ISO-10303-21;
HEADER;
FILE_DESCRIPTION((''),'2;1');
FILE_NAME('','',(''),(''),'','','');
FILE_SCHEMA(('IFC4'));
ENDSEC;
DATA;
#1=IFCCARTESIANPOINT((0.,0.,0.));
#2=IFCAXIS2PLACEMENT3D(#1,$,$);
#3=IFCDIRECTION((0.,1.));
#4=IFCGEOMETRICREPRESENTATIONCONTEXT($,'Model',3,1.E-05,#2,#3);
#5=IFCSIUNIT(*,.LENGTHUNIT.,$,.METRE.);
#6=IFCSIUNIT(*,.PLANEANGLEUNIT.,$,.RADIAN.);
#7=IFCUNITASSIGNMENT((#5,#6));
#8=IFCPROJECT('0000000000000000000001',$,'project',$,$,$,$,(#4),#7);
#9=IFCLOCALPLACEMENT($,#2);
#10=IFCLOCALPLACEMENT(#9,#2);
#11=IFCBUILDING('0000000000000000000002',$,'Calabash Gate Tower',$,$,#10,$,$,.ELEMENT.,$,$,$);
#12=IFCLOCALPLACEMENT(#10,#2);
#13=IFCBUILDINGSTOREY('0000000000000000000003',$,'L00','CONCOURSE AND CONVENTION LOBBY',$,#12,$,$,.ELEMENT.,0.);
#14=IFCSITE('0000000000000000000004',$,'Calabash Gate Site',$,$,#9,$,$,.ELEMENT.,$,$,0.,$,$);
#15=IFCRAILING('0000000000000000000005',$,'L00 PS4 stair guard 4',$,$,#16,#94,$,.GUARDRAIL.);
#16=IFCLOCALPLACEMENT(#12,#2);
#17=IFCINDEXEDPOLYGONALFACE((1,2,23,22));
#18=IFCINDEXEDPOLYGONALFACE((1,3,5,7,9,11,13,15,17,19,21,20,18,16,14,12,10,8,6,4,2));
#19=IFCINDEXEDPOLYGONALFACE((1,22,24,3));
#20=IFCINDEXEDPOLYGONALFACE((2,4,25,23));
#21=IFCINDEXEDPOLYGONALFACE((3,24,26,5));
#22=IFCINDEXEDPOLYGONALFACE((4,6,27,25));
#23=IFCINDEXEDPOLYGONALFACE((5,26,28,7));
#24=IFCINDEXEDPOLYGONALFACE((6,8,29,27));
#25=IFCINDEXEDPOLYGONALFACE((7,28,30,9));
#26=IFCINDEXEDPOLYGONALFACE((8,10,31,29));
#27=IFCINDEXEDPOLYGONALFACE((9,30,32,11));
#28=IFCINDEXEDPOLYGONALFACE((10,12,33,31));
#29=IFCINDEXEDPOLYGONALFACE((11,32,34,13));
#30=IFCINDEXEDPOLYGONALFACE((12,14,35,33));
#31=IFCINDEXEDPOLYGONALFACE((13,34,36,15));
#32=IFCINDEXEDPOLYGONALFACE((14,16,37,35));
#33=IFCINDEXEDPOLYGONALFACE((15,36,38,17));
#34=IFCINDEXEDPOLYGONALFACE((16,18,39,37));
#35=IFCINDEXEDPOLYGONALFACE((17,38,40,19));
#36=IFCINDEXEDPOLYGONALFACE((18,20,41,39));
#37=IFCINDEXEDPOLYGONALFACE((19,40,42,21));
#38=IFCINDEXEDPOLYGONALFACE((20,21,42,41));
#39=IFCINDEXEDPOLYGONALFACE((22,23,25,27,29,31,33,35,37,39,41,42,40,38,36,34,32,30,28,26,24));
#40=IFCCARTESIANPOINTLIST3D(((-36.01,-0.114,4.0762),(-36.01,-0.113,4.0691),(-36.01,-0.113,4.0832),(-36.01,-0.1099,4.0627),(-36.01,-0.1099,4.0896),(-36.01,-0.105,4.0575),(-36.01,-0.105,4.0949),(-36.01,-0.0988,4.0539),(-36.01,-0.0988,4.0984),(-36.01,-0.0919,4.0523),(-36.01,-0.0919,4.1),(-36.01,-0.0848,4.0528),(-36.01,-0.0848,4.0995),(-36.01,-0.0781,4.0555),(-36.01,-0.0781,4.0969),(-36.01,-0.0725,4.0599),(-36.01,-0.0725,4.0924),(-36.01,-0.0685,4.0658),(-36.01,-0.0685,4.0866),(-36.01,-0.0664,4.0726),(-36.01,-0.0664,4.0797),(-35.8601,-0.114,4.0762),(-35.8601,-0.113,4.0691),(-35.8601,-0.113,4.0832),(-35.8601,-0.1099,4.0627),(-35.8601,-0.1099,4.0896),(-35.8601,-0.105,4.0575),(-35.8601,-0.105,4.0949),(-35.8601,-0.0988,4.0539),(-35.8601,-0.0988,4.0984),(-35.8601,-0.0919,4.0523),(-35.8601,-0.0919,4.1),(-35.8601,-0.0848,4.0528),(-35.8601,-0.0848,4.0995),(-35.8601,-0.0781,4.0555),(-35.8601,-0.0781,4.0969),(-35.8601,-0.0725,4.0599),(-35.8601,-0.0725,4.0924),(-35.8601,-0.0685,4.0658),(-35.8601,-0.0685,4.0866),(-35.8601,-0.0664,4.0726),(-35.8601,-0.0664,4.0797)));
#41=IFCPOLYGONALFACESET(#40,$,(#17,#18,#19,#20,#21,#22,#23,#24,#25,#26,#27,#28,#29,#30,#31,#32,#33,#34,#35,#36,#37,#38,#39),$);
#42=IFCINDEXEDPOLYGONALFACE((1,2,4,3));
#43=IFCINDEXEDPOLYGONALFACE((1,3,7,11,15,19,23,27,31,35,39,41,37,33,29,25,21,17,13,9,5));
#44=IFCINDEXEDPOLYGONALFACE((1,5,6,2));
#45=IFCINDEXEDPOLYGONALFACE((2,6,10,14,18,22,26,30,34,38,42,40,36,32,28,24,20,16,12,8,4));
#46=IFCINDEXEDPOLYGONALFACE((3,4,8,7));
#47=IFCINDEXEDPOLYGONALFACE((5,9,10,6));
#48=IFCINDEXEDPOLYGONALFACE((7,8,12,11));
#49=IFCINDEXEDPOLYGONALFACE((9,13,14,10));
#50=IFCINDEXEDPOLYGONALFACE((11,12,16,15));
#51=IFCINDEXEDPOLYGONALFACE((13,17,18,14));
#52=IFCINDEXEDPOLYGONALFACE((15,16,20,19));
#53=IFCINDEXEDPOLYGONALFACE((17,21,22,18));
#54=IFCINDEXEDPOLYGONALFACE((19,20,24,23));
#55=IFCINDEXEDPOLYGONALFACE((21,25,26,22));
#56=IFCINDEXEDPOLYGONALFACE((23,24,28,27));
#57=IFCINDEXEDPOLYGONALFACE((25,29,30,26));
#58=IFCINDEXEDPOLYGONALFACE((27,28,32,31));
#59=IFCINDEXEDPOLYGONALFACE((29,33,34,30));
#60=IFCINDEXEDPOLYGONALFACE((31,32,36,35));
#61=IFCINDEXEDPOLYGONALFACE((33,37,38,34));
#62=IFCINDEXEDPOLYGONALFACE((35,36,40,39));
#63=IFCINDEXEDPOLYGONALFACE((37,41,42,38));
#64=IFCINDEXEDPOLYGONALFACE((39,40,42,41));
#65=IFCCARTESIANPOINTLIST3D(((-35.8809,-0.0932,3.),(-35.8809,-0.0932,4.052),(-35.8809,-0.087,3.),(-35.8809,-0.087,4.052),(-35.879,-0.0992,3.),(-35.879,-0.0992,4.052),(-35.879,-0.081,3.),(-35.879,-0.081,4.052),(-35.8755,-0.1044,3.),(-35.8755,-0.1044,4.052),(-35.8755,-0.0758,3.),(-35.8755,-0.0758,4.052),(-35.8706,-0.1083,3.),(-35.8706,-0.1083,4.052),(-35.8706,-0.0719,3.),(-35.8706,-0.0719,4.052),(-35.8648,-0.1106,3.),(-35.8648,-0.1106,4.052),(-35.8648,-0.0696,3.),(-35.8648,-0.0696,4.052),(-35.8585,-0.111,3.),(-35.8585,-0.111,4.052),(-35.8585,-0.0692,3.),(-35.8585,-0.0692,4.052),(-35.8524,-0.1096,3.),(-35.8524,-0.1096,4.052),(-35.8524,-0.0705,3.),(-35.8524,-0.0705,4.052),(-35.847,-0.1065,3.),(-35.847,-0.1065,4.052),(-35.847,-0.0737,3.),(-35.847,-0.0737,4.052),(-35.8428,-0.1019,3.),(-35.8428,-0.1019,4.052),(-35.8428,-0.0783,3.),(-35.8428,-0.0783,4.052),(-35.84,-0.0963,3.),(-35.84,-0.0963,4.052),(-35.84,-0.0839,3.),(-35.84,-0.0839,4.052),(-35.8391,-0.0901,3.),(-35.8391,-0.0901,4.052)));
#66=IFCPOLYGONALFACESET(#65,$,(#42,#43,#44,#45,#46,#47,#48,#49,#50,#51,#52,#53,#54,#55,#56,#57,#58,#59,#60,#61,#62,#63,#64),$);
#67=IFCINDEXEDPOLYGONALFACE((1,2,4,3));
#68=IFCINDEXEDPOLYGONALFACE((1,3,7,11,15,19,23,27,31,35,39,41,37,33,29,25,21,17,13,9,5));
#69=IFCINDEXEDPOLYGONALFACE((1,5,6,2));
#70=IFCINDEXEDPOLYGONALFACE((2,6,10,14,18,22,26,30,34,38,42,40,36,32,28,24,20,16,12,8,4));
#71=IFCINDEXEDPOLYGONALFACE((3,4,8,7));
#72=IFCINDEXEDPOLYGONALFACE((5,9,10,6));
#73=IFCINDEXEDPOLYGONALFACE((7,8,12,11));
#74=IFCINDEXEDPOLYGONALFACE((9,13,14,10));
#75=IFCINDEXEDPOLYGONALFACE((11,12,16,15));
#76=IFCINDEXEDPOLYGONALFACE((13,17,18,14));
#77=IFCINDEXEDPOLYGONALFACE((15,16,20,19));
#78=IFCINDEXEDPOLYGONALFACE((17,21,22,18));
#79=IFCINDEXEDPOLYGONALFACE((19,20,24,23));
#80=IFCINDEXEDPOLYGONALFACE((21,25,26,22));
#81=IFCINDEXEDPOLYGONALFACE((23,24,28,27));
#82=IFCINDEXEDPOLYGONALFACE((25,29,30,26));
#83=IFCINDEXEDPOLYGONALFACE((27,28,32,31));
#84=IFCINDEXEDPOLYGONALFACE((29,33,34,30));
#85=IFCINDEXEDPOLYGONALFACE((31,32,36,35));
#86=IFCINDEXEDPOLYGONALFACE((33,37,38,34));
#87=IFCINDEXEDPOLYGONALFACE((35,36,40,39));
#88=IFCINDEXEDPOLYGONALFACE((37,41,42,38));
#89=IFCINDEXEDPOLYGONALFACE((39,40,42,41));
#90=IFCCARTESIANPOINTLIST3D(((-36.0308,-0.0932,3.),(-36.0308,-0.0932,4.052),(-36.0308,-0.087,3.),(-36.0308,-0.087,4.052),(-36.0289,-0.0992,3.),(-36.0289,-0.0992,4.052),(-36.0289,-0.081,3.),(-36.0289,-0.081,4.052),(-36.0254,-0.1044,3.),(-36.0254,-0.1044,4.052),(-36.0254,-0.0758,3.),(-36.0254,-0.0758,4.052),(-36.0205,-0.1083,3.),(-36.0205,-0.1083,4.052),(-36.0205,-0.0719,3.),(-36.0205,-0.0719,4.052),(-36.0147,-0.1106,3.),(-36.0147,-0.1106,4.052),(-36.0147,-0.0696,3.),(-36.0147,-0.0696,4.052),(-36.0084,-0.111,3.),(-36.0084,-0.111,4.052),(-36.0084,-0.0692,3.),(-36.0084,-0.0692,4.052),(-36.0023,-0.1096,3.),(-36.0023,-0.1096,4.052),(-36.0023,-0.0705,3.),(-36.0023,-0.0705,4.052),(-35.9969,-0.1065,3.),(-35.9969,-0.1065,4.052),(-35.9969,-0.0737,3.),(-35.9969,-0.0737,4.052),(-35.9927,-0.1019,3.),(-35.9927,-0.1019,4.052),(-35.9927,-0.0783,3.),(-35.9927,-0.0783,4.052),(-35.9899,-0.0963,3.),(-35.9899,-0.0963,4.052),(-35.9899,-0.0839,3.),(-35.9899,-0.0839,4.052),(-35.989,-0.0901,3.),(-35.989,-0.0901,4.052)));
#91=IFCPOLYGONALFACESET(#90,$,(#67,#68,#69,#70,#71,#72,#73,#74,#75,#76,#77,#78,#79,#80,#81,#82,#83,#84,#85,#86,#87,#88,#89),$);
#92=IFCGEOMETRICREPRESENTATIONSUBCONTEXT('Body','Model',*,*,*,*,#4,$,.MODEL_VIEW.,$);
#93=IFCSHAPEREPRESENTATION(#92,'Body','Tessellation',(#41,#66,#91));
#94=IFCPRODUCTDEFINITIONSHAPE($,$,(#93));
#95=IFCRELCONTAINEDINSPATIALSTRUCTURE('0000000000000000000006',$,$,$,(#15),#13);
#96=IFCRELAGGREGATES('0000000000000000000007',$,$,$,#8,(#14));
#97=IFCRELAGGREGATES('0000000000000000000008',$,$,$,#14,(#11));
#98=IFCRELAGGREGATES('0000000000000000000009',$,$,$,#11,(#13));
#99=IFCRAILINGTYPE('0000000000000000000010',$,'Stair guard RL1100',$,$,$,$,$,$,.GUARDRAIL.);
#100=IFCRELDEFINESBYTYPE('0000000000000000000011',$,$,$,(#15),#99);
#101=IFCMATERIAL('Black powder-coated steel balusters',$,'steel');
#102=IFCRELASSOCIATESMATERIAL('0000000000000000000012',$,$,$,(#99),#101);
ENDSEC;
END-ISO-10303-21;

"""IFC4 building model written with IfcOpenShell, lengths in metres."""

from ifc_helpers import new_model, si_unit, direction, frame, origin, origin_2d, place, context, subcontext, project, spatial, circle, extrude, material, type_object, element, save


model = new_model("IFC4")

# Units and contexts
model_context = context("Model", 3, precision=1e-05, world=origin(), true_north=direction((0.0, 1.0)))
body_context = subcontext(model_context, "Body", "Model", "MODEL_VIEW")
ifc_project = project(units=[si_unit("LENGTHUNIT", "METRE"), si_unit("PLANEANGLEUNIT", "RADIAN")], contexts=[model_context])

# Site, building, storey
site_placement = place(None, origin())
site = spatial("IfcSite", under=ifc_project, at=site_placement, Name="Calabash Gate Site", CompositionType="ELEMENT", RefElevation=0.0)
building_placement = place(site_placement, origin())
building = spatial("IfcBuilding", under=site, at=building_placement, Name="Calabash Gate Tower", CompositionType="ELEMENT")
storey_placement = place(building_placement, origin())
storey = spatial("IfcBuildingStorey", under=building, at=storey_placement, Name="L00", Description="CONCOURSE AND CONVENTION LOBBY", CompositionType="ELEMENT", Elevation=0.0)

# Railing
ifc_material_1 = material(Name="Black powder-coated steel balusters", Category="steel")
railing_type_1 = type_object("IfcRailingType", Name="Stair guard RL1100", PredefinedType="GUARDRAIL", material=ifc_material_1)
railing_1_placement = place(storey_placement, frame((-35.8601, -0.0901, 3.0)))
element("IfcRailing", 1, at=railing_1_placement, inside=storey, type_object=railing_type_1, Name="L00 PS4 stair guard 4", PredefinedType="GUARDRAIL", context=body_context, shape_type="SweptSolid", body=[
    extrude(circle(Radius=0.0239, at=origin_2d()), frame((0.0, 0.0, 1.0762), z_axis=(-1.0, 0.0, 0.0), x_axis=(0.0, -1.0, 0.0)), (0.0, 0.0, 1.0), 0.1499),
    extrude(circle(Radius=0.021, at=origin_2d()), origin(), (0.0, 0.0, 1.0), 1.052),
    extrude(circle(Radius=0.021, at=origin_2d()), frame((-0.1499, 0.0, 0.0)), (0.0, 0.0, 1.0), 1.052),
])

save(model, "model.ifc")
